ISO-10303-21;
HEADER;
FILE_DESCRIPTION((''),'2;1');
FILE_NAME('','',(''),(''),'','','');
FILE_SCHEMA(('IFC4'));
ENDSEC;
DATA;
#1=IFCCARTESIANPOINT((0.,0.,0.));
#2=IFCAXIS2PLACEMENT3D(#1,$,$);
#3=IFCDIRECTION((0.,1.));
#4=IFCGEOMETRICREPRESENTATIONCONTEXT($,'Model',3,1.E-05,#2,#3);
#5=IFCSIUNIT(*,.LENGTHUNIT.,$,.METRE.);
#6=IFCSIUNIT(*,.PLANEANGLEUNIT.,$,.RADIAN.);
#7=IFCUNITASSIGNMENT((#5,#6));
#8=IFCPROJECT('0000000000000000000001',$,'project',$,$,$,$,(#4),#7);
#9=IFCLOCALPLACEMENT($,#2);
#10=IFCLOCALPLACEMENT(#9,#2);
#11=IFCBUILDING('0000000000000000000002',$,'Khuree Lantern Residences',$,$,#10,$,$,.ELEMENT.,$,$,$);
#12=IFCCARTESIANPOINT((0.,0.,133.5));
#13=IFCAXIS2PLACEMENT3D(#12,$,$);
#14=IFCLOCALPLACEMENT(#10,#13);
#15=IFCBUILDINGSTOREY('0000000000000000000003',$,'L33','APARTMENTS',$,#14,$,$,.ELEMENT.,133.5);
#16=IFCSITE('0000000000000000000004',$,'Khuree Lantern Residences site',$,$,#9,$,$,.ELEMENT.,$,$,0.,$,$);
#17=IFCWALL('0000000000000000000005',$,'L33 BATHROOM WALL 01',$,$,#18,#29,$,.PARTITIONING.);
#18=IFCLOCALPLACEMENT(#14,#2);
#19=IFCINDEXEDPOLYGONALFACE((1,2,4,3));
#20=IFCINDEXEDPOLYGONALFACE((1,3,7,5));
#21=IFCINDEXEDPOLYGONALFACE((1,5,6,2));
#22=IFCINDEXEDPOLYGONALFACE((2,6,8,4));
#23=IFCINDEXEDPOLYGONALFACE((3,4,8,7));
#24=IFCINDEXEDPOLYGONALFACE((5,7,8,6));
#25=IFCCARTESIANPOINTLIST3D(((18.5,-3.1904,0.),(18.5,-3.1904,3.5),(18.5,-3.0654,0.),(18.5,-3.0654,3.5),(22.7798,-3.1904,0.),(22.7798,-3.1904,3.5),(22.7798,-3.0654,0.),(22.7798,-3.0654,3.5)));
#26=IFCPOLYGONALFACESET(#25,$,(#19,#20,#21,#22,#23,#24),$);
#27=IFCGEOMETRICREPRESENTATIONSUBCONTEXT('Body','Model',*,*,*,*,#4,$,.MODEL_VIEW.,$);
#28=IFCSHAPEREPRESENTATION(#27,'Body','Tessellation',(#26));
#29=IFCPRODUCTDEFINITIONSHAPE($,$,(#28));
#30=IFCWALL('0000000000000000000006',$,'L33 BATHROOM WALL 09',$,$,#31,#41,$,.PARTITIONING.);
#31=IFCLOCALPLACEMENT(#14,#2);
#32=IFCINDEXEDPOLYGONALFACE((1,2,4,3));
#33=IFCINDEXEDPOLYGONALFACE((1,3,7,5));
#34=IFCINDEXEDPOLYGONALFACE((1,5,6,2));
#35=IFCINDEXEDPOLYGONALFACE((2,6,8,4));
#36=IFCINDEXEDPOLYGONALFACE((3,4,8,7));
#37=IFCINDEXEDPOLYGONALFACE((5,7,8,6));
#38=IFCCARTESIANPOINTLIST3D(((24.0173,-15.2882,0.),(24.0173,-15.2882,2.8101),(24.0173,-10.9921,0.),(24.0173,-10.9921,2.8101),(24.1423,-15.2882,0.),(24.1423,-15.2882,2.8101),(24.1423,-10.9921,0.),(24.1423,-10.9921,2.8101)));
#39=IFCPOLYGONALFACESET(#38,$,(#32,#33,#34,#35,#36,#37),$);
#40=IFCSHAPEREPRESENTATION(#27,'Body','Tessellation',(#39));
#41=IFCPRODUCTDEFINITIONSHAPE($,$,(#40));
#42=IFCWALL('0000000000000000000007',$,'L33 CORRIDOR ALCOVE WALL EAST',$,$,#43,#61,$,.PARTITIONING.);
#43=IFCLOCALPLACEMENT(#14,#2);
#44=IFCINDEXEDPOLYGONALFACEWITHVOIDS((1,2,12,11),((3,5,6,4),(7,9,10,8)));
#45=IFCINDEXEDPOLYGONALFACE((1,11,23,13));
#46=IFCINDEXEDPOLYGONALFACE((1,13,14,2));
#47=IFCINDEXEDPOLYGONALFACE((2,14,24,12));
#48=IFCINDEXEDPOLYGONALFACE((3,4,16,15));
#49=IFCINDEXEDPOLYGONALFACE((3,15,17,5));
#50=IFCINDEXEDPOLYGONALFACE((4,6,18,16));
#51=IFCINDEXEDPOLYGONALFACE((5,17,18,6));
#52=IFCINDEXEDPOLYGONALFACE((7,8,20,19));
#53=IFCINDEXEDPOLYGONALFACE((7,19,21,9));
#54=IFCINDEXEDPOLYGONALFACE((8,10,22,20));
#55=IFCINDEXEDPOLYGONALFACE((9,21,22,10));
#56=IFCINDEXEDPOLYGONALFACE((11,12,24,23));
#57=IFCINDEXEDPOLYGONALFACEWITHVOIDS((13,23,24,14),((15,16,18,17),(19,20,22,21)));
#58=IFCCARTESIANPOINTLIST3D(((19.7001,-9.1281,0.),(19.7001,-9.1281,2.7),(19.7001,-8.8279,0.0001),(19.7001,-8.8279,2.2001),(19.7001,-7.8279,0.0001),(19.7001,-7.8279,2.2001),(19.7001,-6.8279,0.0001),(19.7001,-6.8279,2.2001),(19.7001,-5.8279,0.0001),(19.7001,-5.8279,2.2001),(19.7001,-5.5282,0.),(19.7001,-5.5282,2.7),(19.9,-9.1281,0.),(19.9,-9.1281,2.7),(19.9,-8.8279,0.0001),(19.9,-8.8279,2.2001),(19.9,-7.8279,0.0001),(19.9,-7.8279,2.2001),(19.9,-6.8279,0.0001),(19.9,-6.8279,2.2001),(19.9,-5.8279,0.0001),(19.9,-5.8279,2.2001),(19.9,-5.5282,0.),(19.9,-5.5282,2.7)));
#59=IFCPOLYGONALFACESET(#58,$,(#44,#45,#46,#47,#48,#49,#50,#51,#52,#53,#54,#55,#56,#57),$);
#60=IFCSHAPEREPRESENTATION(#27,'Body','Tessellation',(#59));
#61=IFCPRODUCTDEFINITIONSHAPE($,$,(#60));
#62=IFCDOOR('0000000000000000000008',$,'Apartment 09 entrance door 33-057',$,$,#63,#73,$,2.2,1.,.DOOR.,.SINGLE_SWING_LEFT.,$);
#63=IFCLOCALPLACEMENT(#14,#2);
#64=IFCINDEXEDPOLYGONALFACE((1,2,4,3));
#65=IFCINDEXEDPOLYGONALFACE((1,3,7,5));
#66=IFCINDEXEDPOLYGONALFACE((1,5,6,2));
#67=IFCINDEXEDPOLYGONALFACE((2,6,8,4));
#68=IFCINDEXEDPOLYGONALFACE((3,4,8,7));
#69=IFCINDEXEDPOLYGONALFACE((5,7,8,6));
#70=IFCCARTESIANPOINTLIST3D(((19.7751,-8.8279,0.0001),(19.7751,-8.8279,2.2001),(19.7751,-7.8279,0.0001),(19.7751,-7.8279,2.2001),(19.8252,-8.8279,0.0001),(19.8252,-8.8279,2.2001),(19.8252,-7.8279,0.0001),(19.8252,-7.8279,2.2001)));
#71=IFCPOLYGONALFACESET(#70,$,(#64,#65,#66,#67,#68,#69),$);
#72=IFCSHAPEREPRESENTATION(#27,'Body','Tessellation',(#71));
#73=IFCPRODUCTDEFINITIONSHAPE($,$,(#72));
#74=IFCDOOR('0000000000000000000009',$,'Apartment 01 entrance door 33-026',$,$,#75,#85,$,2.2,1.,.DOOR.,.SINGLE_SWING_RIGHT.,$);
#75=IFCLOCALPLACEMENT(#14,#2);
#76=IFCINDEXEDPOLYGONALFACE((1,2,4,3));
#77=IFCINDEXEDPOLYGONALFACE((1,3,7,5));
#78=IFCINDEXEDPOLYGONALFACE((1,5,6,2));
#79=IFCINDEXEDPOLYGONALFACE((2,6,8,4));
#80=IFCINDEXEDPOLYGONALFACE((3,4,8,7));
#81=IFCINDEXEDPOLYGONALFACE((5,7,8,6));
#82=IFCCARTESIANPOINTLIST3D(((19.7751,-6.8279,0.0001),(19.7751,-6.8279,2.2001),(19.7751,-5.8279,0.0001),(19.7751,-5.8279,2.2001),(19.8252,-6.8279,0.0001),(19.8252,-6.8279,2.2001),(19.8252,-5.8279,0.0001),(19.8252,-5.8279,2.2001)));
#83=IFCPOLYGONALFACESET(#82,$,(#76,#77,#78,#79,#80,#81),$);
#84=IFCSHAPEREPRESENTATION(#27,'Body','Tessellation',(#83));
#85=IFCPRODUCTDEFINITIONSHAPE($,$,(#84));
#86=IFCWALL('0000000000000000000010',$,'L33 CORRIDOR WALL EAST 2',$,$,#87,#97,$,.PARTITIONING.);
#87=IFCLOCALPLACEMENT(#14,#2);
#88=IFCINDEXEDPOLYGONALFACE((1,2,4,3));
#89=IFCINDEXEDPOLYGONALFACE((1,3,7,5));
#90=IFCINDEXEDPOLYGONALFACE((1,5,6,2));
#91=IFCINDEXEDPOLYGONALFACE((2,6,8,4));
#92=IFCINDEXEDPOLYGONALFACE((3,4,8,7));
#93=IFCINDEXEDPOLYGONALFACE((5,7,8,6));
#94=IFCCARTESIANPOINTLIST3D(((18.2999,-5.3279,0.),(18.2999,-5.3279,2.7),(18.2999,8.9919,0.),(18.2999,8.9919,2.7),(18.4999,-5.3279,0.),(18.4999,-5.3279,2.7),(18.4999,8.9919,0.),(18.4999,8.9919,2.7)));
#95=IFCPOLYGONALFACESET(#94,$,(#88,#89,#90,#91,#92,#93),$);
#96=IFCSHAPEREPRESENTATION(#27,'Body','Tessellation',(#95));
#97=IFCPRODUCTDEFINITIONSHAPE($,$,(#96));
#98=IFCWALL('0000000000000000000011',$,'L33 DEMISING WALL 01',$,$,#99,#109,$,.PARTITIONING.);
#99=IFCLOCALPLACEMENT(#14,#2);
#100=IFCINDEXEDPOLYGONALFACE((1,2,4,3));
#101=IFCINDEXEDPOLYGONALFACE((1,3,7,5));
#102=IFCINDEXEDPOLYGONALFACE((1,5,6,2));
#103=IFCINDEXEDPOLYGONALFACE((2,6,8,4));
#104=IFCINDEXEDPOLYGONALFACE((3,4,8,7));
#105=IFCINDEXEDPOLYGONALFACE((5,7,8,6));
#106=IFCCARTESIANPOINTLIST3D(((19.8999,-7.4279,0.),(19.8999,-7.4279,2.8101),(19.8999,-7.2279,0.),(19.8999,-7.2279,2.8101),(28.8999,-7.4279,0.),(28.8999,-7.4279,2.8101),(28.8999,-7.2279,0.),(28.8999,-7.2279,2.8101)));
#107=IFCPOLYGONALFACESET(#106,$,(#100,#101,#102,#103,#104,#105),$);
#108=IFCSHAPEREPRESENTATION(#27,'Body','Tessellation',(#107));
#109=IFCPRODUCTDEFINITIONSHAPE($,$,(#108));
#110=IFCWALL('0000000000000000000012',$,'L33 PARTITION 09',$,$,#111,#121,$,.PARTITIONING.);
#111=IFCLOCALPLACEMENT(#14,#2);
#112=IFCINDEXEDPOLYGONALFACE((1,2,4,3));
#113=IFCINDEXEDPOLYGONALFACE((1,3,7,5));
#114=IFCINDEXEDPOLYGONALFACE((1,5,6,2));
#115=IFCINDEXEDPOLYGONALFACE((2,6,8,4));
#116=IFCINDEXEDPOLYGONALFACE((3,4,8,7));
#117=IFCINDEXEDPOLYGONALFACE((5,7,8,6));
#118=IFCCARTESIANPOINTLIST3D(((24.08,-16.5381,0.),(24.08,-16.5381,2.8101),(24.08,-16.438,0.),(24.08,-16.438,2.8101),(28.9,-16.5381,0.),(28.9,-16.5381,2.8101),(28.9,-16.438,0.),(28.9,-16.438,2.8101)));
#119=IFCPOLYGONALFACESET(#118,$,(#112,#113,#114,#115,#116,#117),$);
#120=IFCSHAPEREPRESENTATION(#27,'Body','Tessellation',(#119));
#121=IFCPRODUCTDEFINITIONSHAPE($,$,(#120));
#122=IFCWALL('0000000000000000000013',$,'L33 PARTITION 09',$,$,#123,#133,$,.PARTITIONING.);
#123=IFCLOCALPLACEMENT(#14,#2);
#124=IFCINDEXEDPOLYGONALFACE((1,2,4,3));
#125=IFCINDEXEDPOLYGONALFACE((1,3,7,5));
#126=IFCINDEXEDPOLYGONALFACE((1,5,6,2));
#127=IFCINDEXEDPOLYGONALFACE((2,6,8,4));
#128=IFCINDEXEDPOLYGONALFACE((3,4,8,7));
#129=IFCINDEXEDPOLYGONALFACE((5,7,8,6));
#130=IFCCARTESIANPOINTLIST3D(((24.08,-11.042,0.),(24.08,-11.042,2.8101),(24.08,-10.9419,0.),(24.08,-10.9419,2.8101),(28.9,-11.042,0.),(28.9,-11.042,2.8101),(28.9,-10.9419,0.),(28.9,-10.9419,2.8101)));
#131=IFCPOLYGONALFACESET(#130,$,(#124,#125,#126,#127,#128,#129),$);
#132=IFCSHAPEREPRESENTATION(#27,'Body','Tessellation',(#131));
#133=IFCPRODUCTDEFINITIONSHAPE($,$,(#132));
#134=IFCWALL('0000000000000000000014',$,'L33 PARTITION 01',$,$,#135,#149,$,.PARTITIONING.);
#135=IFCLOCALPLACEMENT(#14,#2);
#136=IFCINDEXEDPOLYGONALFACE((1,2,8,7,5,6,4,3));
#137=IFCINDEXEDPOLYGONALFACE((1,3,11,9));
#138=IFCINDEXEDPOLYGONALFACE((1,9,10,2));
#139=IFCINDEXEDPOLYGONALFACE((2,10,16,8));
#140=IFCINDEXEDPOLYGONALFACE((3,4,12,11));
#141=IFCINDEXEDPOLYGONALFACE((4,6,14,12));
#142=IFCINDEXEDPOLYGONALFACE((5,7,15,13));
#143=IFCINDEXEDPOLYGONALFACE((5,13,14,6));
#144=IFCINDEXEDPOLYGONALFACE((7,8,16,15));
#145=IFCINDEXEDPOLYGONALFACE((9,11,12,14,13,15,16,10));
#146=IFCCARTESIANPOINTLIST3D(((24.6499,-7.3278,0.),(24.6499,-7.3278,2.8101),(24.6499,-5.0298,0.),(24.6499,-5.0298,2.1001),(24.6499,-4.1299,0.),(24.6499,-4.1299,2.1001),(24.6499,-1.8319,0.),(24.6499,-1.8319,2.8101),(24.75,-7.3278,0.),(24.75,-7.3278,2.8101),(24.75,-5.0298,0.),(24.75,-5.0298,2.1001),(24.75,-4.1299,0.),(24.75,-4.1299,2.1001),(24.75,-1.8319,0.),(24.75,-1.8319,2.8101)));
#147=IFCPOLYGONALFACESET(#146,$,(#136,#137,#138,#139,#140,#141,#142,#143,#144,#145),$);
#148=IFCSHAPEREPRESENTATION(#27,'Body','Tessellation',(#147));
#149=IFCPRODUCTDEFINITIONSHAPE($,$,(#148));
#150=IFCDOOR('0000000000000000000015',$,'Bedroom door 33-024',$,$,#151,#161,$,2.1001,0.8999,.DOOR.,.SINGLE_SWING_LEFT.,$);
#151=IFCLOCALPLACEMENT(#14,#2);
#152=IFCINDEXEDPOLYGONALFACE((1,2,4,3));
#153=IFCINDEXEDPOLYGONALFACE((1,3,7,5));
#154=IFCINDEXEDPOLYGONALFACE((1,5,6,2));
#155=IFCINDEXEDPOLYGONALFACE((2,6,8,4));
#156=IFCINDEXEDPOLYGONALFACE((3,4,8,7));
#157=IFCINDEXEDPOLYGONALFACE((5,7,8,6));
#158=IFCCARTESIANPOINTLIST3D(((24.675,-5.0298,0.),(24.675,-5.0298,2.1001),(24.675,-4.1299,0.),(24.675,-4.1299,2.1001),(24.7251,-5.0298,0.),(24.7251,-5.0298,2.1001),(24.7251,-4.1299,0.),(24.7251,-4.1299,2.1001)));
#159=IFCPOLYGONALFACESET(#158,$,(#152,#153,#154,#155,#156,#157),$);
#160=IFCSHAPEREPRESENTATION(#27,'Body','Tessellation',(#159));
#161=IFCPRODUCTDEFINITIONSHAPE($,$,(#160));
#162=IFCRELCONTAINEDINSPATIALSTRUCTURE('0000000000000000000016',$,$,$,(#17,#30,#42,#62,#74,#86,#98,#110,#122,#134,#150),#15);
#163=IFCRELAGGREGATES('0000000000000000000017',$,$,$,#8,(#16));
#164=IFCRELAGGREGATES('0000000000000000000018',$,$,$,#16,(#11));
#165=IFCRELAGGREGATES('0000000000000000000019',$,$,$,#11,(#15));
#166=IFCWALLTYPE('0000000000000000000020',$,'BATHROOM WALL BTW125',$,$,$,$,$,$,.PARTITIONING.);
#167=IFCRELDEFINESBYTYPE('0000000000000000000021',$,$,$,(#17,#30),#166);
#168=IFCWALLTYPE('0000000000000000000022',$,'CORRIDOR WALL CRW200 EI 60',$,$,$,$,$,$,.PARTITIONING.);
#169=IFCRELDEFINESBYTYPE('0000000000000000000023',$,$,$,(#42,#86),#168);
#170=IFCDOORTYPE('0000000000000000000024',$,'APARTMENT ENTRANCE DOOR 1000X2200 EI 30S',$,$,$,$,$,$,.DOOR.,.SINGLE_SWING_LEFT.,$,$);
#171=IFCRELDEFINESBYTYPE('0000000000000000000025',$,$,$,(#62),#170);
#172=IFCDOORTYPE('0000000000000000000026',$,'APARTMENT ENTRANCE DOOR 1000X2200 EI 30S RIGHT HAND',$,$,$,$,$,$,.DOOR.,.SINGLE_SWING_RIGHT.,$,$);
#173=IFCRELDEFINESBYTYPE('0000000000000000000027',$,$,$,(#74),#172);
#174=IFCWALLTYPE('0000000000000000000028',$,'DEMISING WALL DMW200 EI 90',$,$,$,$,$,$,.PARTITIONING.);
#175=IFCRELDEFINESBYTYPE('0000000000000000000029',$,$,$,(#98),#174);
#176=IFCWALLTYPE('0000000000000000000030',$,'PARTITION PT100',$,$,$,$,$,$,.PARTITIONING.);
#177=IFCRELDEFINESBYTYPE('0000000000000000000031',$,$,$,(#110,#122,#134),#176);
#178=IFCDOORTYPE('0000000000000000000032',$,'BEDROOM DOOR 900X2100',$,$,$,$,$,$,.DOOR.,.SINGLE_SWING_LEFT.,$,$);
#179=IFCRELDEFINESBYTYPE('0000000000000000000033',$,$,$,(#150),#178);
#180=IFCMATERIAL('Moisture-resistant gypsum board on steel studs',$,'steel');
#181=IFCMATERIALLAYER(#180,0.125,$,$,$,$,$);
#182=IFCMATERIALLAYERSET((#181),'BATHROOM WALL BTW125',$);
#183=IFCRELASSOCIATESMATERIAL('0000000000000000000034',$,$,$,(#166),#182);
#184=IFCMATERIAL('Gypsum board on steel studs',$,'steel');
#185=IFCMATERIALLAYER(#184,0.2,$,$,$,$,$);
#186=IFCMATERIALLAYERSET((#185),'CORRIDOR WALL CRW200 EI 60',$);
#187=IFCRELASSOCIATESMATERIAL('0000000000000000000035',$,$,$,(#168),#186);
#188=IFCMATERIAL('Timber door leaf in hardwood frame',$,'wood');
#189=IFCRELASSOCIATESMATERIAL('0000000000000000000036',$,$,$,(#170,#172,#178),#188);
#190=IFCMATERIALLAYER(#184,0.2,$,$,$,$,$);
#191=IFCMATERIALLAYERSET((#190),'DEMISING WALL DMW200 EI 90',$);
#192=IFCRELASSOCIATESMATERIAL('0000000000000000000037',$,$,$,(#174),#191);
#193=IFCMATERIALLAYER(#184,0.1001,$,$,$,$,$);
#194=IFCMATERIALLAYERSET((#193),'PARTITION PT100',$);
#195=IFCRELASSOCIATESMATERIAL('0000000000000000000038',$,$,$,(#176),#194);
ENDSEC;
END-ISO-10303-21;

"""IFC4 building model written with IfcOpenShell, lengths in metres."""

from ifc_helpers import new_model, si_unit, direction, frame, frame_2d, origin, place, context, subcontext, project, spatial, rectangle, extrude, material, layer, layer_set, type_object, element, fill, save


model = new_model("IFC4")

# Units and contexts
model_context = context("Model", 3, precision=1e-05, world=origin(), true_north=direction((0.0, 1.0)))
body_context = subcontext(model_context, "Body", "Model", "MODEL_VIEW")
ifc_project = project(units=[si_unit("LENGTHUNIT", "METRE"), si_unit("PLANEANGLEUNIT", "RADIAN")], contexts=[model_context])

# Site, building, storey
site_placement = place(None, origin())
site = spatial("IfcSite", under=ifc_project, at=site_placement, Name="Khuree Lantern Residences site", CompositionType="ELEMENT", RefElevation=0.0)
building_placement = place(site_placement, origin())
building = spatial("IfcBuilding", under=site, at=building_placement, Name="Khuree Lantern Residences", CompositionType="ELEMENT")
storey_placement = place(building_placement, frame((0.0, 0.0, 133.5)))
storey = spatial("IfcBuildingStorey", under=building, at=storey_placement, Name="L33", Description="APARTMENTS", CompositionType="ELEMENT", Elevation=133.5)

# Shared definitions
ifc_material_1 = material(Name="Moisture-resistant gypsum board on steel studs", Category="steel")
ifc_layer_1 = layer(ifc_material_1, 0.125)
ifc_layer_set_1 = layer_set([ifc_layer_1], Name="BATHROOM WALL BTW125")
wall_type_1 = type_object("IfcWallType", Name="BATHROOM WALL BTW125", PredefinedType="PARTITIONING", material=ifc_layer_set_1)
ifc_material_2 = material(Name="Timber door leaf in hardwood frame", Category="wood")

# Walls
wall_1_placement = place(storey_placement, frame((18.5, -3.1279, 0.0), z_axis=(0.0, 0.0, 1.0), x_axis=(1.0, 0.0, 0.0)))
element("IfcWall", 1, at=wall_1_placement, inside=storey, type_object=wall_type_1, Name="L33 BATHROOM WALL 01", PredefinedType="PARTITIONING", context=body_context, shape_type="SweptSolid", body=[
    extrude(rectangle(XDim=4.2798, YDim=0.125, at=frame_2d((2.1399, 0.0))), origin(), (0.0, 0.0, 1.0), 3.5),
])
wall_2_placement = place(storey_placement, frame((24.0798, -15.2881, 0.0), z_axis=(0.0, 0.0, 1.0), x_axis=(0.0, 1.0, 0.0)))
element("IfcWall", 2, at=wall_2_placement, inside=storey, type_object=wall_type_1, Name="L33 BATHROOM WALL 09", PredefinedType="PARTITIONING", context=body_context, shape_type="SweptSolid", body=[
    extrude(rectangle(XDim=4.2961, YDim=0.125, at=frame_2d((2.1479, 0.0))), origin(), (0.0, 0.0, 1.0), 2.8101),
])

# Wall, openings, doors
ifc_material_3 = material(Name="Gypsum board on steel studs", Category="steel")
ifc_layer_2 = layer(ifc_material_3, 0.2)
ifc_layer_set_2 = layer_set([ifc_layer_2], Name="CORRIDOR WALL CRW200 EI 60")
wall_type_2 = type_object("IfcWallType", Name="CORRIDOR WALL CRW200 EI 60", PredefinedType="PARTITIONING", material=ifc_layer_set_2)
wall_3_placement = place(storey_placement, frame((19.8, -9.1279, 0.0), z_axis=(0.0, 0.0, 1.0), x_axis=(0.0, 1.0, 0.0)))
wall_3 = element("IfcWall", 3, at=wall_3_placement, inside=storey, type_object=wall_type_2, Name="L33 CORRIDOR ALCOVE WALL EAST", PredefinedType="PARTITIONING", context=body_context, shape_type="SweptSolid", body=[
    extrude(rectangle(XDim=3.5999, YDim=0.2, at=frame_2d((1.7998, 0.0))), origin(), (0.0, 0.0, 1.0), 2.7),
])
opening_1_placement = place(wall_3_placement, frame((2.3, 0.0, 0.0)))
opening_1 = element("IfcOpeningElement", 4, at=opening_1_placement, cuts=wall_3, PredefinedType="OPENING", context=body_context, shape_type="SweptSolid", body=[
    extrude(rectangle(XDim=1.0, YDim=2.2, at=frame_2d((0.5, 1.1001))), frame((0.0, 0.1099, 0.0), z_axis=(0.0, -1.0, 0.0), x_axis=(1.0, 0.0, 0.0)), (0.0, 0.0, 1.0), 0.22),
])
opening_2_placement = place(wall_3_placement, frame((0.3, 0.0, 0.0)))
opening_2 = element("IfcOpeningElement", 5, at=opening_2_placement, cuts=wall_3, PredefinedType="OPENING", context=body_context, shape_type="SweptSolid", body=[
    extrude(rectangle(XDim=1.0, YDim=2.2, at=frame_2d((0.5, 1.1001))), frame((0.0, 0.1099, 0.0), z_axis=(0.0, -1.0, 0.0), x_axis=(1.0, 0.0, 0.0)), (0.0, 0.0, 1.0), 0.22),
])
door_type_1 = type_object("IfcDoorType", Name="APARTMENT ENTRANCE DOOR 1000X2200 EI 30S", OperationType="SINGLE_SWING_LEFT", PredefinedType="DOOR", material=ifc_material_2)
door_1_placement = place(opening_2_placement, origin())
door_1 = element("IfcDoor", 6, at=door_1_placement, inside=storey, type_object=door_type_1, Name="Apartment 09 entrance door 33-057", OperationType="SINGLE_SWING_LEFT", OverallHeight=2.2, OverallWidth=1.0, PredefinedType="DOOR", context=body_context, shape_type="SweptSolid", body=[
    extrude(rectangle(XDim=1.0, YDim=2.2, at=frame_2d((0.5, 1.1001))), frame((0.0, 0.0249, 0.0), z_axis=(0.0, -1.0, 0.0), x_axis=(1.0, 0.0, 0.0)), (0.0, 0.0, 1.0), 0.05),
])
fill(opening_2, door_1)
door_type_2 = type_object("IfcDoorType", Name="APARTMENT ENTRANCE DOOR 1000X2200 EI 30S RIGHT HAND", OperationType="SINGLE_SWING_RIGHT", PredefinedType="DOOR", material=ifc_material_2)
door_2_placement = place(opening_1_placement, origin())
door_2 = element("IfcDoor", 7, at=door_2_placement, inside=storey, type_object=door_type_2, Name="Apartment 01 entrance door 33-026", OperationType="SINGLE_SWING_RIGHT", OverallHeight=2.2, OverallWidth=1.0, PredefinedType="DOOR", context=body_context, shape_type="SweptSolid", body=[
    extrude(rectangle(XDim=1.0, YDim=2.2, at=frame_2d((0.5, 1.1001))), frame((0.0, 0.0249, 0.0), z_axis=(0.0, -1.0, 0.0), x_axis=(1.0, 0.0, 0.0)), (0.0, 0.0, 1.0), 0.05),
])
fill(opening_1, door_2)

# Walls
wall_4_placement = place(storey_placement, frame((18.3999, -5.3279, 0.0), z_axis=(0.0, 0.0, 1.0), x_axis=(0.0, 1.0, 0.0)))
element("IfcWall", 8, at=wall_4_placement, inside=storey, type_object=wall_type_2, Name="L33 CORRIDOR WALL EAST 2", PredefinedType="PARTITIONING", context=body_context, shape_type="SweptSolid", body=[
    extrude(rectangle(XDim=14.3198, YDim=0.2, at=frame_2d((7.1599, 0.0))), origin(), (0.0, 0.0, 1.0), 2.7),
])
ifc_layer_3 = layer(ifc_material_3, 0.2)
ifc_layer_set_3 = layer_set([ifc_layer_3], Name="DEMISING WALL DMW200 EI 90")
wall_type_3 = type_object("IfcWallType", Name="DEMISING WALL DMW200 EI 90", PredefinedType="PARTITIONING", material=ifc_layer_set_3)
wall_5_placement = place(storey_placement, frame((19.8999, -7.3279, 0.0), z_axis=(0.0, 0.0, 1.0), x_axis=(1.0, 0.0, 0.0)))
element("IfcWall", 9, at=wall_5_placement, inside=storey, type_object=wall_type_3, Name="L33 DEMISING WALL 01", PredefinedType="PARTITIONING", context=body_context, shape_type="SweptSolid", body=[
    extrude(rectangle(XDim=9.0, YDim=0.2, at=frame_2d((4.5, 0.0))), origin(), (0.0, 0.0, 1.0), 2.8101),
])
ifc_layer_4 = layer(ifc_material_3, 0.1001)
ifc_layer_set_4 = layer_set([ifc_layer_4], Name="PARTITION PT100")
wall_type_4 = type_object("IfcWallType", Name="PARTITION PT100", PredefinedType="PARTITIONING", material=ifc_layer_set_4)
for number, where, z_axis, x_axis, name in (
    (10, (24.0798, -16.488, 0.0), (0.0, 0.0, 1.0), (1.0, 0.0, 0.0), "L33 PARTITION 09"),
    (11, (24.0798, -10.9919, 0.0), (0.0, 0.0, 1.0), (1.0, 0.0, 0.0), "L33 PARTITION 09"),
):
    element("IfcWall", number, at=place(storey_placement, frame(where, z_axis=z_axis, x_axis=x_axis)), inside=storey, type_object=wall_type_4, Name=name, PredefinedType="PARTITIONING", context=body_context, shape_type="SweptSolid", body=[
        extrude(rectangle(XDim=4.8201, YDim=0.1001, at=frame_2d((2.4102, 0.0))), origin(), (0.0, 0.0, 1.0), 2.8101),
    ])

# Wall, opening, door
wall_6_placement = place(storey_placement, frame((24.7, -7.3279, 0.0), z_axis=(0.0, 0.0, 1.0), x_axis=(0.0, 1.0, 0.0)))
wall_6 = element("IfcWall", 12, at=wall_6_placement, inside=storey, type_object=wall_type_4, Name="L33 PARTITION 01", PredefinedType="PARTITIONING", context=body_context, shape_type="SweptSolid", body=[
    extrude(rectangle(XDim=5.4958, YDim=0.1001, at=frame_2d((2.748, 0.0))), origin(), (0.0, 0.0, 1.0), 2.8101),
])
opening_3_placement = place(wall_6_placement, frame((2.2981, 0.0, 0.0)))
opening_3 = element("IfcOpeningElement", 13, at=opening_3_placement, cuts=wall_6, PredefinedType="OPENING", context=body_context, shape_type="SweptSolid", body=[
    extrude(rectangle(XDim=0.8999, YDim=2.1001, at=frame_2d((0.45, 1.05))), frame((0.0, 0.0601, 0.0), z_axis=(0.0, -1.0, 0.0), x_axis=(1.0, 0.0, 0.0)), (0.0, 0.0, 1.0), 0.1201),
])
door_type_3 = type_object("IfcDoorType", Name="BEDROOM DOOR 900X2100", OperationType="SINGLE_SWING_LEFT", PredefinedType="DOOR", material=ifc_material_2)
door_3_placement = place(opening_3_placement, origin())
door_3 = element("IfcDoor", 14, at=door_3_placement, inside=storey, type_object=door_type_3, Name="Bedroom door 33-024", OperationType="SINGLE_SWING_LEFT", OverallHeight=2.1001, OverallWidth=0.8999, PredefinedType="DOOR", context=body_context, shape_type="SweptSolid", body=[
    extrude(rectangle(XDim=0.8999, YDim=2.1001, at=frame_2d((0.45, 1.05))), frame((0.0, 0.0249, 0.0), z_axis=(0.0, -1.0, 0.0), x_axis=(1.0, 0.0, 0.0)), (0.0, 0.0, 1.0), 0.05),
])
fill(opening_3, door_3)

save(model, "model.ifc")
